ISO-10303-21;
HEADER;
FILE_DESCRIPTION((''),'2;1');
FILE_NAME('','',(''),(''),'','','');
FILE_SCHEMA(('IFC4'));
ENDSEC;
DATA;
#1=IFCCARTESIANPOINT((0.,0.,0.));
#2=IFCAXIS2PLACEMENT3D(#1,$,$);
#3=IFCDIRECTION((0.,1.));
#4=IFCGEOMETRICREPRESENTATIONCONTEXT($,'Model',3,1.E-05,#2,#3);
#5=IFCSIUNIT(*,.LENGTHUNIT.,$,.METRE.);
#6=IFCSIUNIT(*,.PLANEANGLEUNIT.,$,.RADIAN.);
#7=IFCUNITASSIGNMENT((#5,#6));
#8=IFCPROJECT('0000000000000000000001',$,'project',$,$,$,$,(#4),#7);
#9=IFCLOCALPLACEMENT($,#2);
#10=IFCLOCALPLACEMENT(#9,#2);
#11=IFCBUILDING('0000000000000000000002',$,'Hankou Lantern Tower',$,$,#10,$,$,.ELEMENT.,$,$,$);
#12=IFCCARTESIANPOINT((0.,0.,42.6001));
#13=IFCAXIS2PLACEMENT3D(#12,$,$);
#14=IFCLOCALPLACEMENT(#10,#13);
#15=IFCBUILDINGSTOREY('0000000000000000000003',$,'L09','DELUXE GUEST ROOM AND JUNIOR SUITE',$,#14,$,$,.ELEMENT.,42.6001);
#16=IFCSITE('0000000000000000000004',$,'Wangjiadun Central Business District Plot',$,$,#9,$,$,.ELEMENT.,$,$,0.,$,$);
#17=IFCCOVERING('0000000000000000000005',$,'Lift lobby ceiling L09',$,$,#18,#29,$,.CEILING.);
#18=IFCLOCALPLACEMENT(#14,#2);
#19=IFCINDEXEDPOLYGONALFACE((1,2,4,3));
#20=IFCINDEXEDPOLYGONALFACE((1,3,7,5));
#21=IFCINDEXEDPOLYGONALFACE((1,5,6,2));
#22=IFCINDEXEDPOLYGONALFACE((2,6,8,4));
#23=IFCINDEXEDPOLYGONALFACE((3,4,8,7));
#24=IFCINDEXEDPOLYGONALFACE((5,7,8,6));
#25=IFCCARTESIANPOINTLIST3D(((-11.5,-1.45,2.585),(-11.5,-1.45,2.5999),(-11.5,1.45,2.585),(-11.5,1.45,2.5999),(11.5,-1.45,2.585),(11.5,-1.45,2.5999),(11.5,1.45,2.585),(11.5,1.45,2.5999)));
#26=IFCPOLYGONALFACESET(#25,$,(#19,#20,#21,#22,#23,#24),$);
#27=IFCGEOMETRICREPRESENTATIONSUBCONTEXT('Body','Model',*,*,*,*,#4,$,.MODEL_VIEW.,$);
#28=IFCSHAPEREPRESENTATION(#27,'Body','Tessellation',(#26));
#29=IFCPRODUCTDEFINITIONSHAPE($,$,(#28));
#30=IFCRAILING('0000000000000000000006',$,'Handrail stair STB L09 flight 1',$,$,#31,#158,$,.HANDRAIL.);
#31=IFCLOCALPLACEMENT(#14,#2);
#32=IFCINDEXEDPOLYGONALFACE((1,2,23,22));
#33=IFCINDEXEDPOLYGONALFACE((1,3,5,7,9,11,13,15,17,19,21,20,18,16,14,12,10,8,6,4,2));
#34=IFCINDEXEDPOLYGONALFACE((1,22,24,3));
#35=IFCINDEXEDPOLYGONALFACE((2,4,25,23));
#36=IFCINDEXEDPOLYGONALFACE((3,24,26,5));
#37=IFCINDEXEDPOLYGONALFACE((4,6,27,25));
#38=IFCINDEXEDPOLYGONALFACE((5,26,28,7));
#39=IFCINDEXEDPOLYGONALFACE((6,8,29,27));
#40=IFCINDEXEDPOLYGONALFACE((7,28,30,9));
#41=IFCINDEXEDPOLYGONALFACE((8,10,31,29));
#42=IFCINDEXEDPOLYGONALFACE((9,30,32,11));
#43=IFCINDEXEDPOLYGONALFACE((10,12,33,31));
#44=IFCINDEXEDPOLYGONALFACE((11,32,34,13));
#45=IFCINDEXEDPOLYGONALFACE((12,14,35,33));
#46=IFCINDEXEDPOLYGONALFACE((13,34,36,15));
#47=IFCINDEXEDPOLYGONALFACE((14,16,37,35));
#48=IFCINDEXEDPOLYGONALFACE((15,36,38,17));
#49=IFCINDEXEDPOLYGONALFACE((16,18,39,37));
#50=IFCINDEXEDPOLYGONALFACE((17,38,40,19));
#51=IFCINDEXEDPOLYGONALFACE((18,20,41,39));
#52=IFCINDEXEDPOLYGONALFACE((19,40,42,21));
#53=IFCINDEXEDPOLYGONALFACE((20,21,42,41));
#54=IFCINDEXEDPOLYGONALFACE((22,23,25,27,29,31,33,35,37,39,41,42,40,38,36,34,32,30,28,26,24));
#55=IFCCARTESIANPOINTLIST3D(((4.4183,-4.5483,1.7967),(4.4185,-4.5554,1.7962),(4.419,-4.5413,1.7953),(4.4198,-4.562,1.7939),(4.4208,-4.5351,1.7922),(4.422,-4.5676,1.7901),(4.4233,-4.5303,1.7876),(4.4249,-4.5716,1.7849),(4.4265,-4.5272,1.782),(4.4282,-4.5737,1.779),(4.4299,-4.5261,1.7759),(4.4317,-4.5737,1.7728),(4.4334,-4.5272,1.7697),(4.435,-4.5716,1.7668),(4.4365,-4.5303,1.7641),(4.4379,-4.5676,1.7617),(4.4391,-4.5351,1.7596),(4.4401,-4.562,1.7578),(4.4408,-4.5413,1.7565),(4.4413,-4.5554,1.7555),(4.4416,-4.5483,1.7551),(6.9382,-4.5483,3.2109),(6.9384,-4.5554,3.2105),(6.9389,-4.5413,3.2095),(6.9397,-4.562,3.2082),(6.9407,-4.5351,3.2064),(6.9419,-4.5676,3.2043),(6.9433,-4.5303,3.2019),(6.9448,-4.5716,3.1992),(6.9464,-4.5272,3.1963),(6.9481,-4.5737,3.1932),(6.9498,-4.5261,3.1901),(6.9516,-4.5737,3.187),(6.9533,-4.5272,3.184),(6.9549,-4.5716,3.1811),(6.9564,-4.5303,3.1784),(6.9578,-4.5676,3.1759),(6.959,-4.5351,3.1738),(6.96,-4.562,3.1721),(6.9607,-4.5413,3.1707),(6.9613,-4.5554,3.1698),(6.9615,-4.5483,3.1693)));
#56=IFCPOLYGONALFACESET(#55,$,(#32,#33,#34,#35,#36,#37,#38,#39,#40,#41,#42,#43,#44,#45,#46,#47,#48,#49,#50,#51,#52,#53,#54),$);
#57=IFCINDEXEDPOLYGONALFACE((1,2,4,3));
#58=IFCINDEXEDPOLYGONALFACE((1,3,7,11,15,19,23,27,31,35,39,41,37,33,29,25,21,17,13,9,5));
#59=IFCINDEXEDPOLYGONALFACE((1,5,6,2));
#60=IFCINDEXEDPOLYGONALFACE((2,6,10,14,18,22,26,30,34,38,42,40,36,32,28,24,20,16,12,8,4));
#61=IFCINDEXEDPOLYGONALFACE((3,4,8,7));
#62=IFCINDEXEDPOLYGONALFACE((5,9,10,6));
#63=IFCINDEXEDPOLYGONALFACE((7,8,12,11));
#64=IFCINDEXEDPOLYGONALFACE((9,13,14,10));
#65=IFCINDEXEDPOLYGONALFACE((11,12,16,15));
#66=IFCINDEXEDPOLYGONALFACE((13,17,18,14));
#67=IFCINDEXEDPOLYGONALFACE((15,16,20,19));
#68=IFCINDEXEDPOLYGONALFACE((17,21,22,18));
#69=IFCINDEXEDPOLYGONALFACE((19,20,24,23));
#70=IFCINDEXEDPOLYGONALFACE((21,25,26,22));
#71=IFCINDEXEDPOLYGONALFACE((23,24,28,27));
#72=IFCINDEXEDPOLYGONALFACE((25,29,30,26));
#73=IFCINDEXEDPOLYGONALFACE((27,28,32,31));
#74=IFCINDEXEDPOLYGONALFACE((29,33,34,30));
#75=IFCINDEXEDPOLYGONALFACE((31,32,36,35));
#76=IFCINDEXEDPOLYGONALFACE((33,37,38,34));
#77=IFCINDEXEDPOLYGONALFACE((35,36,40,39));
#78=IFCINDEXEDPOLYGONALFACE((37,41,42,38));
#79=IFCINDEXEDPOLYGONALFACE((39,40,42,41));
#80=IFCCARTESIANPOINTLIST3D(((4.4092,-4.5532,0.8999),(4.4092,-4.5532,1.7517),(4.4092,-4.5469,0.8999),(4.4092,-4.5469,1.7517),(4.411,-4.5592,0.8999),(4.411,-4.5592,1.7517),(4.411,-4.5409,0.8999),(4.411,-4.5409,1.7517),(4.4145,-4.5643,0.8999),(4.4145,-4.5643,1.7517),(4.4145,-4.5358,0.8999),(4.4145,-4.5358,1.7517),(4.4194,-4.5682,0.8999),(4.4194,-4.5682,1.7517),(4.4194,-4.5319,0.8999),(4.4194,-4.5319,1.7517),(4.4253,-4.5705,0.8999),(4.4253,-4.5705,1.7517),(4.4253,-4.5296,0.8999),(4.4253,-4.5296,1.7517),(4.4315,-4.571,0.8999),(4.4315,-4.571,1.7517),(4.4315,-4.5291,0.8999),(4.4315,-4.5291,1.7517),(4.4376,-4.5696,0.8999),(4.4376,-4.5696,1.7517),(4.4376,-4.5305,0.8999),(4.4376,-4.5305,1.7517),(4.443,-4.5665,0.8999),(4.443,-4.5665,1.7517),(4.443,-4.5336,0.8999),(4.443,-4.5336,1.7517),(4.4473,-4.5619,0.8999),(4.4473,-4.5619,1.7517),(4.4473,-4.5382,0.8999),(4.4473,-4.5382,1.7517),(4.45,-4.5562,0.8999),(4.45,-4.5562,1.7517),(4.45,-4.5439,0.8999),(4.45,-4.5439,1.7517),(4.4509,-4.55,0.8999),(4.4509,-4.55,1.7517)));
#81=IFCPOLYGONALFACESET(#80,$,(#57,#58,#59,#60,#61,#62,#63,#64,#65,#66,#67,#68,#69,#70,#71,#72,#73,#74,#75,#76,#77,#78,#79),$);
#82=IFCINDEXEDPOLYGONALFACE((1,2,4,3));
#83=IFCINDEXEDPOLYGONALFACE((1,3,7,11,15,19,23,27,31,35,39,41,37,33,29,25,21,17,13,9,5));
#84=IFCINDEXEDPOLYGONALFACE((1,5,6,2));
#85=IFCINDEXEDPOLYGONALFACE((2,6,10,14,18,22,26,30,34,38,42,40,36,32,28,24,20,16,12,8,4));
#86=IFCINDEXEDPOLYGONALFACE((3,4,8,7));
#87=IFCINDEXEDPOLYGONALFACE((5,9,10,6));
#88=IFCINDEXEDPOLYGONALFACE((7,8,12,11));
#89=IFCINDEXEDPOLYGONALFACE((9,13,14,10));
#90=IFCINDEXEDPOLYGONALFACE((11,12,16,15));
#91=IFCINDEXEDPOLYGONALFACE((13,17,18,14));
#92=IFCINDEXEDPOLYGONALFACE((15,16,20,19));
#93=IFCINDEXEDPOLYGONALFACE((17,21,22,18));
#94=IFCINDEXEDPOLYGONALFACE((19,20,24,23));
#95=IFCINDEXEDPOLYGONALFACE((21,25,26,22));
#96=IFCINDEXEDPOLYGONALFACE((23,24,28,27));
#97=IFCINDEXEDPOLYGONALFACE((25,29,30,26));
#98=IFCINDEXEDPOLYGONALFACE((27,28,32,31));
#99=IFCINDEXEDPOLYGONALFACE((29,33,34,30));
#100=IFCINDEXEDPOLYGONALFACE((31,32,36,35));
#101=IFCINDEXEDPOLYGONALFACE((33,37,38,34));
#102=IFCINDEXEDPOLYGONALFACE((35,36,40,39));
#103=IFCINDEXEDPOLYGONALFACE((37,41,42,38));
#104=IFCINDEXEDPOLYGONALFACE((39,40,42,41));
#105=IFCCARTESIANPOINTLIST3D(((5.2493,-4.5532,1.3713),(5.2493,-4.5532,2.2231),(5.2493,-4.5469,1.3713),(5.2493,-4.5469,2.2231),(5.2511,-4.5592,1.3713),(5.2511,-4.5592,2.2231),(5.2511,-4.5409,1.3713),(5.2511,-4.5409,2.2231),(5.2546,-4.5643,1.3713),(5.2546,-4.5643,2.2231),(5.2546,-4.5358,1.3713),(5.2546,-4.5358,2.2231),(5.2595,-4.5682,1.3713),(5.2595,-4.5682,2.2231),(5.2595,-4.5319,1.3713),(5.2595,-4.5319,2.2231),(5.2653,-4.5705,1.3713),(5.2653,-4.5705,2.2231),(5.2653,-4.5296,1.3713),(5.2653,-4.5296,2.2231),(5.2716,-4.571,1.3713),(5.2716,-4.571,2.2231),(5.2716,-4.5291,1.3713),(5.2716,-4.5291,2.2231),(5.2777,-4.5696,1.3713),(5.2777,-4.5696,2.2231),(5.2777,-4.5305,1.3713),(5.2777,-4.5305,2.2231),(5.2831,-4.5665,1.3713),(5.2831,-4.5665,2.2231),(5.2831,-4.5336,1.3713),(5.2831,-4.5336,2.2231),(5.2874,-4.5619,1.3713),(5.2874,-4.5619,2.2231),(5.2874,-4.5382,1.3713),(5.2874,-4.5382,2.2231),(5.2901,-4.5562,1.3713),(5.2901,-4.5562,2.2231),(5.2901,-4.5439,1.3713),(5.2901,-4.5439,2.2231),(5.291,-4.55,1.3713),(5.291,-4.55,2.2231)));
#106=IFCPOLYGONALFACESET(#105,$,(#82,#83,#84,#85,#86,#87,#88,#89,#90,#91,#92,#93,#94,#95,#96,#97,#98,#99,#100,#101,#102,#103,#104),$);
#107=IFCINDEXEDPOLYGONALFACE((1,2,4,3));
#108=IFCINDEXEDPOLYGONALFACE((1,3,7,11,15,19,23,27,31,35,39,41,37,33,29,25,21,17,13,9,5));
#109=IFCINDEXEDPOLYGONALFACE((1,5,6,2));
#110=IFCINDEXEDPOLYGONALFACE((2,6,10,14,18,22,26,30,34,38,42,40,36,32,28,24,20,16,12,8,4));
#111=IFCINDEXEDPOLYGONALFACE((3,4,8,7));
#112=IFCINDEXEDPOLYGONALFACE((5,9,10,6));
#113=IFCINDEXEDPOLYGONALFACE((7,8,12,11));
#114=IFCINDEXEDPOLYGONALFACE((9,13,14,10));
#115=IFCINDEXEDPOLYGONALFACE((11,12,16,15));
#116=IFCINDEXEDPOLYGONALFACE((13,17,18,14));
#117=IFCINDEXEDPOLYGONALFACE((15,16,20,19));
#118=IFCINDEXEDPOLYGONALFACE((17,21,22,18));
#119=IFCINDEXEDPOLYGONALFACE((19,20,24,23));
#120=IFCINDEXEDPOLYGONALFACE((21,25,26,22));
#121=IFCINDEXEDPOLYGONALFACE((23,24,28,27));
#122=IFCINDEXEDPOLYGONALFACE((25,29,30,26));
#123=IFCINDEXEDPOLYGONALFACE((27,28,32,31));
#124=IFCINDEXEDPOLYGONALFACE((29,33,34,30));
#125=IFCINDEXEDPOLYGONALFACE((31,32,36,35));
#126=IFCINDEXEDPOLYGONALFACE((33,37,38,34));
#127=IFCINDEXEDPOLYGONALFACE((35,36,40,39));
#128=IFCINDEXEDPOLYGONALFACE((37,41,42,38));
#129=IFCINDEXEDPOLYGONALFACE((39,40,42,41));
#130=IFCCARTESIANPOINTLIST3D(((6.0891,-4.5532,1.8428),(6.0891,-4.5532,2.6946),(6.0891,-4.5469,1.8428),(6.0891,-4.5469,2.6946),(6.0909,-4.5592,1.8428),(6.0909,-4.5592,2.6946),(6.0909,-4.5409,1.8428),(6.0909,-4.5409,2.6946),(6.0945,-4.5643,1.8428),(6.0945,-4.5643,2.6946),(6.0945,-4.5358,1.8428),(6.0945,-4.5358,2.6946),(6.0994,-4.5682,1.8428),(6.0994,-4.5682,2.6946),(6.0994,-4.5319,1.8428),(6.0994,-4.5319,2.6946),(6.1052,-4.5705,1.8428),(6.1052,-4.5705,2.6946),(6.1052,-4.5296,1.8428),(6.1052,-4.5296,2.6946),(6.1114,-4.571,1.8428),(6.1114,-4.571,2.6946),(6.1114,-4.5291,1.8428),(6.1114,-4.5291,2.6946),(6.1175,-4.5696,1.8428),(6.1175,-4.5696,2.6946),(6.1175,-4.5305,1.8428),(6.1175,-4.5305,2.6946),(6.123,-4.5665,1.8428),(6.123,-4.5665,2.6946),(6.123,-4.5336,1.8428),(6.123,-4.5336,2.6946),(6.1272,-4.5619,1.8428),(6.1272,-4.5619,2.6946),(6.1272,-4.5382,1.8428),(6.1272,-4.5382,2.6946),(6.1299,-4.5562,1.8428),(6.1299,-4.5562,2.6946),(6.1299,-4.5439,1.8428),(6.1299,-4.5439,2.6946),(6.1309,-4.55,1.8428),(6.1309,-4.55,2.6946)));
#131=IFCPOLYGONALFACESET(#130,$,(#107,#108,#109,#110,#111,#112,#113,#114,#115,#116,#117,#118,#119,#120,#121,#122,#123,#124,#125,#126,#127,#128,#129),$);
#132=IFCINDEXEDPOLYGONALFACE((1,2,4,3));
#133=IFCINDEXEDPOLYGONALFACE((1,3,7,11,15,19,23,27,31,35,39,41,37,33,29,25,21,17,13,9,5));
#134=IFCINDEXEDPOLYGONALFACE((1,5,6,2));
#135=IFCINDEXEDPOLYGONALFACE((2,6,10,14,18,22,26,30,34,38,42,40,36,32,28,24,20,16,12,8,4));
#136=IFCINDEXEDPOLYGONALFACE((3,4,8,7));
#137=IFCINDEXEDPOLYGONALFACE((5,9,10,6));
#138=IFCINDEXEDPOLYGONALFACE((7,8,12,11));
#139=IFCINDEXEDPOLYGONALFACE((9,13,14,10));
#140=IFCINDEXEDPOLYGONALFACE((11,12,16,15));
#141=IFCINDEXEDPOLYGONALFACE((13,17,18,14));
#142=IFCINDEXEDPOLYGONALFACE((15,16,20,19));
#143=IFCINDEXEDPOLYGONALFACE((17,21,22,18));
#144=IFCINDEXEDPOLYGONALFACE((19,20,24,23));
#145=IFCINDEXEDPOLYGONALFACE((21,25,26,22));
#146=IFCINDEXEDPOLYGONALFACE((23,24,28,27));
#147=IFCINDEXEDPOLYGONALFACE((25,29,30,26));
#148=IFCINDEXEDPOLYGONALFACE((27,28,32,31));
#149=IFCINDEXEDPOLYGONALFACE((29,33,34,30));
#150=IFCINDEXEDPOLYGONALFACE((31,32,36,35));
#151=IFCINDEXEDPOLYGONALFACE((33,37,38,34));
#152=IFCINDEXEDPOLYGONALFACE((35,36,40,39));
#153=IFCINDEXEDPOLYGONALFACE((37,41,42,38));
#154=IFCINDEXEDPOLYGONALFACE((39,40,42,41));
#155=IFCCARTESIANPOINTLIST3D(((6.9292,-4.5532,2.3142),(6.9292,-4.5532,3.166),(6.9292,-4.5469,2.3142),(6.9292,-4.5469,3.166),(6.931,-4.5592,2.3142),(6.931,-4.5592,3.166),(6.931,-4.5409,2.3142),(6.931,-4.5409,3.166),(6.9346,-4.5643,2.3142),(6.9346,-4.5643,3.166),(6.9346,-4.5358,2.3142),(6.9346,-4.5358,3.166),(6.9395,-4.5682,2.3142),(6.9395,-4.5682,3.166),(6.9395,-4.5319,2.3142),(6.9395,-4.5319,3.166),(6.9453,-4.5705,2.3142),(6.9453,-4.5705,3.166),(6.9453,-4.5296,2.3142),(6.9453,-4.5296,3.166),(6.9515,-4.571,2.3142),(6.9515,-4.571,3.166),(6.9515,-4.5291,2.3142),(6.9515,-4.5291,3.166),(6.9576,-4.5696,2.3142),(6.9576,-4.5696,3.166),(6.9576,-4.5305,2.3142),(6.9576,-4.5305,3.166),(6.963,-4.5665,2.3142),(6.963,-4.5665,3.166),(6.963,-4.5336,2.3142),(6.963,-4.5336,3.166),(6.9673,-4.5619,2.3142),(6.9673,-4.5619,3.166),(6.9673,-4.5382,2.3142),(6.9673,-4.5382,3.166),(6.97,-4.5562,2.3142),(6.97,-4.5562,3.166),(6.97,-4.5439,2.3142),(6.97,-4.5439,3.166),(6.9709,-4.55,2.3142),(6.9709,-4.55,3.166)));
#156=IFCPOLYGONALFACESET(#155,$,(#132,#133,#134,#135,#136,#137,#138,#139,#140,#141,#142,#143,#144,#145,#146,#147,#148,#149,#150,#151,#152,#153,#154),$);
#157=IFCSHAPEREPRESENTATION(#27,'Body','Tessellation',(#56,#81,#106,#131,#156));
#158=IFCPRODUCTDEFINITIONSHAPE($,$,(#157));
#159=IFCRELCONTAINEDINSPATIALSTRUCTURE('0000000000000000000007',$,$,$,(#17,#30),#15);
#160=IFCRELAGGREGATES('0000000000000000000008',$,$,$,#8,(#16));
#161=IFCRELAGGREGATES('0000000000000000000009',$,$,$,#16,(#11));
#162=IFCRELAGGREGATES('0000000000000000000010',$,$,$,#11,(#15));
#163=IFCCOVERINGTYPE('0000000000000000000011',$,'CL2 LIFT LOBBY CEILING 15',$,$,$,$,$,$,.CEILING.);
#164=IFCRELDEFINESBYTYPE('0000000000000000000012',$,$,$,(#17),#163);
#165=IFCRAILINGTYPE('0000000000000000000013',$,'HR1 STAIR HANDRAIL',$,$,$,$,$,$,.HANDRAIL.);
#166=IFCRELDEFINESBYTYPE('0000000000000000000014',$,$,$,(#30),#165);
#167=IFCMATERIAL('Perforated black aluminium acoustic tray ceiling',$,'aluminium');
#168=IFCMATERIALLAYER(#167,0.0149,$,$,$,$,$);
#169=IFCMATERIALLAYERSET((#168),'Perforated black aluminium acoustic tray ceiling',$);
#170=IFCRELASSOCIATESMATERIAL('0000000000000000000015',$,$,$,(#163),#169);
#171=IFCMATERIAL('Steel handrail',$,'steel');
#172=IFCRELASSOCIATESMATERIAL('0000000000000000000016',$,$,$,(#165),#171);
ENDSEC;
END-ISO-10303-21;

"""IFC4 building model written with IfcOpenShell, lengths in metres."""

from ifc_helpers import new_model, si_unit, direction, frame, origin, origin_2d, place, context, subcontext, project, spatial, polyline, circle, outline, extrude, material, layer, layer_set, type_object, element, save


model = new_model("IFC4")

# Units and contexts
model_context = context("Model", 3, precision=1e-05, world=origin(), true_north=direction((0.0, 1.0)))
body_context = subcontext(model_context, "Body", "Model", "MODEL_VIEW")
ifc_project = project(units=[si_unit("LENGTHUNIT", "METRE"), si_unit("PLANEANGLEUNIT", "RADIAN")], contexts=[model_context])

# Site, building, storey
site_placement = place(None, origin())
site = spatial("IfcSite", under=ifc_project, at=site_placement, Name="Wangjiadun Central Business District Plot", CompositionType="ELEMENT", RefElevation=0.0)
building_placement = place(site_placement, origin())
building = spatial("IfcBuilding", under=site, at=building_placement, Name="Hankou Lantern Tower", CompositionType="ELEMENT")
storey_placement = place(building_placement, frame((0.0, 0.0, 42.6001)))
storey = spatial("IfcBuildingStorey", under=building, at=storey_placement, Name="L09", Description="DELUXE GUEST ROOM AND JUNIOR SUITE", CompositionType="ELEMENT", Elevation=42.6001)

# Covering
ifc_material_1 = material(Name="Perforated black aluminium acoustic tray ceiling", Category="aluminium")
ifc_layer_1 = layer(ifc_material_1, 0.0149)
ifc_layer_set_1 = layer_set([ifc_layer_1], Name="Perforated black aluminium acoustic tray ceiling")
covering_type_1 = type_object("IfcCoveringType", Name="CL2 LIFT LOBBY CEILING 15", PredefinedType="CEILING", material=ifc_layer_set_1)
covering_1_placement = place(storey_placement, frame((0.0, 0.0, 2.585)))
element("IfcCovering", 1, at=covering_1_placement, inside=storey, type_object=covering_type_1, Name="Lift lobby ceiling L09", PredefinedType="CEILING", context=body_context, shape_type="SweptSolid", body=[
    extrude(outline(polyline([(-11.5, -1.45), (11.5, -1.45), (11.5, 1.45), (-11.5, 1.45), (-11.5, -1.45)])), origin(), (0.0, 0.0, 1.0), 0.0149),
])

# Railing
ifc_material_2 = material(Name="Steel handrail", Category="steel")
railing_type = type_object("IfcRailingType", Name="HR1 STAIR HANDRAIL", PredefinedType="HANDRAIL", material=ifc_material_2)
railing_1_placement = place(storey_placement, frame((4.4299, -4.55, 0.8999)))
element("IfcRailing", 2, at=railing_1_placement, inside=storey, type_object=railing_type, Name="Handrail stair STB L09 flight 1", PredefinedType="HANDRAIL", context=body_context, shape_type="SweptSolid", body=[
    extrude(circle(Radius=0.0239, at=origin_2d()), frame((0.0, 0.0, 0.876), z_axis=(0.872049, 0.0, 0.489419), x_axis=(0.0, 1.0, 0.0)), (0.0, 0.0, 1.0), 2.8896),
    extrude(circle(Radius=0.021, at=origin_2d()), origin(), (0.0, 0.0, 1.0), 0.8518),
    extrude(circle(Radius=0.021, at=origin_2d()), frame((0.8401, 0.0, 0.4714)), (0.0, 0.0, 1.0), 0.8518),
    extrude(circle(Radius=0.021, at=origin_2d()), frame((1.6799, 0.0, 0.9429)), (0.0, 0.0, 1.0), 0.8518),
    extrude(circle(Radius=0.021, at=origin_2d()), frame((2.52, 0.0, 1.4143)), (0.0, 0.0, 1.0), 0.8518),
])

save(model, "model.ifc")
